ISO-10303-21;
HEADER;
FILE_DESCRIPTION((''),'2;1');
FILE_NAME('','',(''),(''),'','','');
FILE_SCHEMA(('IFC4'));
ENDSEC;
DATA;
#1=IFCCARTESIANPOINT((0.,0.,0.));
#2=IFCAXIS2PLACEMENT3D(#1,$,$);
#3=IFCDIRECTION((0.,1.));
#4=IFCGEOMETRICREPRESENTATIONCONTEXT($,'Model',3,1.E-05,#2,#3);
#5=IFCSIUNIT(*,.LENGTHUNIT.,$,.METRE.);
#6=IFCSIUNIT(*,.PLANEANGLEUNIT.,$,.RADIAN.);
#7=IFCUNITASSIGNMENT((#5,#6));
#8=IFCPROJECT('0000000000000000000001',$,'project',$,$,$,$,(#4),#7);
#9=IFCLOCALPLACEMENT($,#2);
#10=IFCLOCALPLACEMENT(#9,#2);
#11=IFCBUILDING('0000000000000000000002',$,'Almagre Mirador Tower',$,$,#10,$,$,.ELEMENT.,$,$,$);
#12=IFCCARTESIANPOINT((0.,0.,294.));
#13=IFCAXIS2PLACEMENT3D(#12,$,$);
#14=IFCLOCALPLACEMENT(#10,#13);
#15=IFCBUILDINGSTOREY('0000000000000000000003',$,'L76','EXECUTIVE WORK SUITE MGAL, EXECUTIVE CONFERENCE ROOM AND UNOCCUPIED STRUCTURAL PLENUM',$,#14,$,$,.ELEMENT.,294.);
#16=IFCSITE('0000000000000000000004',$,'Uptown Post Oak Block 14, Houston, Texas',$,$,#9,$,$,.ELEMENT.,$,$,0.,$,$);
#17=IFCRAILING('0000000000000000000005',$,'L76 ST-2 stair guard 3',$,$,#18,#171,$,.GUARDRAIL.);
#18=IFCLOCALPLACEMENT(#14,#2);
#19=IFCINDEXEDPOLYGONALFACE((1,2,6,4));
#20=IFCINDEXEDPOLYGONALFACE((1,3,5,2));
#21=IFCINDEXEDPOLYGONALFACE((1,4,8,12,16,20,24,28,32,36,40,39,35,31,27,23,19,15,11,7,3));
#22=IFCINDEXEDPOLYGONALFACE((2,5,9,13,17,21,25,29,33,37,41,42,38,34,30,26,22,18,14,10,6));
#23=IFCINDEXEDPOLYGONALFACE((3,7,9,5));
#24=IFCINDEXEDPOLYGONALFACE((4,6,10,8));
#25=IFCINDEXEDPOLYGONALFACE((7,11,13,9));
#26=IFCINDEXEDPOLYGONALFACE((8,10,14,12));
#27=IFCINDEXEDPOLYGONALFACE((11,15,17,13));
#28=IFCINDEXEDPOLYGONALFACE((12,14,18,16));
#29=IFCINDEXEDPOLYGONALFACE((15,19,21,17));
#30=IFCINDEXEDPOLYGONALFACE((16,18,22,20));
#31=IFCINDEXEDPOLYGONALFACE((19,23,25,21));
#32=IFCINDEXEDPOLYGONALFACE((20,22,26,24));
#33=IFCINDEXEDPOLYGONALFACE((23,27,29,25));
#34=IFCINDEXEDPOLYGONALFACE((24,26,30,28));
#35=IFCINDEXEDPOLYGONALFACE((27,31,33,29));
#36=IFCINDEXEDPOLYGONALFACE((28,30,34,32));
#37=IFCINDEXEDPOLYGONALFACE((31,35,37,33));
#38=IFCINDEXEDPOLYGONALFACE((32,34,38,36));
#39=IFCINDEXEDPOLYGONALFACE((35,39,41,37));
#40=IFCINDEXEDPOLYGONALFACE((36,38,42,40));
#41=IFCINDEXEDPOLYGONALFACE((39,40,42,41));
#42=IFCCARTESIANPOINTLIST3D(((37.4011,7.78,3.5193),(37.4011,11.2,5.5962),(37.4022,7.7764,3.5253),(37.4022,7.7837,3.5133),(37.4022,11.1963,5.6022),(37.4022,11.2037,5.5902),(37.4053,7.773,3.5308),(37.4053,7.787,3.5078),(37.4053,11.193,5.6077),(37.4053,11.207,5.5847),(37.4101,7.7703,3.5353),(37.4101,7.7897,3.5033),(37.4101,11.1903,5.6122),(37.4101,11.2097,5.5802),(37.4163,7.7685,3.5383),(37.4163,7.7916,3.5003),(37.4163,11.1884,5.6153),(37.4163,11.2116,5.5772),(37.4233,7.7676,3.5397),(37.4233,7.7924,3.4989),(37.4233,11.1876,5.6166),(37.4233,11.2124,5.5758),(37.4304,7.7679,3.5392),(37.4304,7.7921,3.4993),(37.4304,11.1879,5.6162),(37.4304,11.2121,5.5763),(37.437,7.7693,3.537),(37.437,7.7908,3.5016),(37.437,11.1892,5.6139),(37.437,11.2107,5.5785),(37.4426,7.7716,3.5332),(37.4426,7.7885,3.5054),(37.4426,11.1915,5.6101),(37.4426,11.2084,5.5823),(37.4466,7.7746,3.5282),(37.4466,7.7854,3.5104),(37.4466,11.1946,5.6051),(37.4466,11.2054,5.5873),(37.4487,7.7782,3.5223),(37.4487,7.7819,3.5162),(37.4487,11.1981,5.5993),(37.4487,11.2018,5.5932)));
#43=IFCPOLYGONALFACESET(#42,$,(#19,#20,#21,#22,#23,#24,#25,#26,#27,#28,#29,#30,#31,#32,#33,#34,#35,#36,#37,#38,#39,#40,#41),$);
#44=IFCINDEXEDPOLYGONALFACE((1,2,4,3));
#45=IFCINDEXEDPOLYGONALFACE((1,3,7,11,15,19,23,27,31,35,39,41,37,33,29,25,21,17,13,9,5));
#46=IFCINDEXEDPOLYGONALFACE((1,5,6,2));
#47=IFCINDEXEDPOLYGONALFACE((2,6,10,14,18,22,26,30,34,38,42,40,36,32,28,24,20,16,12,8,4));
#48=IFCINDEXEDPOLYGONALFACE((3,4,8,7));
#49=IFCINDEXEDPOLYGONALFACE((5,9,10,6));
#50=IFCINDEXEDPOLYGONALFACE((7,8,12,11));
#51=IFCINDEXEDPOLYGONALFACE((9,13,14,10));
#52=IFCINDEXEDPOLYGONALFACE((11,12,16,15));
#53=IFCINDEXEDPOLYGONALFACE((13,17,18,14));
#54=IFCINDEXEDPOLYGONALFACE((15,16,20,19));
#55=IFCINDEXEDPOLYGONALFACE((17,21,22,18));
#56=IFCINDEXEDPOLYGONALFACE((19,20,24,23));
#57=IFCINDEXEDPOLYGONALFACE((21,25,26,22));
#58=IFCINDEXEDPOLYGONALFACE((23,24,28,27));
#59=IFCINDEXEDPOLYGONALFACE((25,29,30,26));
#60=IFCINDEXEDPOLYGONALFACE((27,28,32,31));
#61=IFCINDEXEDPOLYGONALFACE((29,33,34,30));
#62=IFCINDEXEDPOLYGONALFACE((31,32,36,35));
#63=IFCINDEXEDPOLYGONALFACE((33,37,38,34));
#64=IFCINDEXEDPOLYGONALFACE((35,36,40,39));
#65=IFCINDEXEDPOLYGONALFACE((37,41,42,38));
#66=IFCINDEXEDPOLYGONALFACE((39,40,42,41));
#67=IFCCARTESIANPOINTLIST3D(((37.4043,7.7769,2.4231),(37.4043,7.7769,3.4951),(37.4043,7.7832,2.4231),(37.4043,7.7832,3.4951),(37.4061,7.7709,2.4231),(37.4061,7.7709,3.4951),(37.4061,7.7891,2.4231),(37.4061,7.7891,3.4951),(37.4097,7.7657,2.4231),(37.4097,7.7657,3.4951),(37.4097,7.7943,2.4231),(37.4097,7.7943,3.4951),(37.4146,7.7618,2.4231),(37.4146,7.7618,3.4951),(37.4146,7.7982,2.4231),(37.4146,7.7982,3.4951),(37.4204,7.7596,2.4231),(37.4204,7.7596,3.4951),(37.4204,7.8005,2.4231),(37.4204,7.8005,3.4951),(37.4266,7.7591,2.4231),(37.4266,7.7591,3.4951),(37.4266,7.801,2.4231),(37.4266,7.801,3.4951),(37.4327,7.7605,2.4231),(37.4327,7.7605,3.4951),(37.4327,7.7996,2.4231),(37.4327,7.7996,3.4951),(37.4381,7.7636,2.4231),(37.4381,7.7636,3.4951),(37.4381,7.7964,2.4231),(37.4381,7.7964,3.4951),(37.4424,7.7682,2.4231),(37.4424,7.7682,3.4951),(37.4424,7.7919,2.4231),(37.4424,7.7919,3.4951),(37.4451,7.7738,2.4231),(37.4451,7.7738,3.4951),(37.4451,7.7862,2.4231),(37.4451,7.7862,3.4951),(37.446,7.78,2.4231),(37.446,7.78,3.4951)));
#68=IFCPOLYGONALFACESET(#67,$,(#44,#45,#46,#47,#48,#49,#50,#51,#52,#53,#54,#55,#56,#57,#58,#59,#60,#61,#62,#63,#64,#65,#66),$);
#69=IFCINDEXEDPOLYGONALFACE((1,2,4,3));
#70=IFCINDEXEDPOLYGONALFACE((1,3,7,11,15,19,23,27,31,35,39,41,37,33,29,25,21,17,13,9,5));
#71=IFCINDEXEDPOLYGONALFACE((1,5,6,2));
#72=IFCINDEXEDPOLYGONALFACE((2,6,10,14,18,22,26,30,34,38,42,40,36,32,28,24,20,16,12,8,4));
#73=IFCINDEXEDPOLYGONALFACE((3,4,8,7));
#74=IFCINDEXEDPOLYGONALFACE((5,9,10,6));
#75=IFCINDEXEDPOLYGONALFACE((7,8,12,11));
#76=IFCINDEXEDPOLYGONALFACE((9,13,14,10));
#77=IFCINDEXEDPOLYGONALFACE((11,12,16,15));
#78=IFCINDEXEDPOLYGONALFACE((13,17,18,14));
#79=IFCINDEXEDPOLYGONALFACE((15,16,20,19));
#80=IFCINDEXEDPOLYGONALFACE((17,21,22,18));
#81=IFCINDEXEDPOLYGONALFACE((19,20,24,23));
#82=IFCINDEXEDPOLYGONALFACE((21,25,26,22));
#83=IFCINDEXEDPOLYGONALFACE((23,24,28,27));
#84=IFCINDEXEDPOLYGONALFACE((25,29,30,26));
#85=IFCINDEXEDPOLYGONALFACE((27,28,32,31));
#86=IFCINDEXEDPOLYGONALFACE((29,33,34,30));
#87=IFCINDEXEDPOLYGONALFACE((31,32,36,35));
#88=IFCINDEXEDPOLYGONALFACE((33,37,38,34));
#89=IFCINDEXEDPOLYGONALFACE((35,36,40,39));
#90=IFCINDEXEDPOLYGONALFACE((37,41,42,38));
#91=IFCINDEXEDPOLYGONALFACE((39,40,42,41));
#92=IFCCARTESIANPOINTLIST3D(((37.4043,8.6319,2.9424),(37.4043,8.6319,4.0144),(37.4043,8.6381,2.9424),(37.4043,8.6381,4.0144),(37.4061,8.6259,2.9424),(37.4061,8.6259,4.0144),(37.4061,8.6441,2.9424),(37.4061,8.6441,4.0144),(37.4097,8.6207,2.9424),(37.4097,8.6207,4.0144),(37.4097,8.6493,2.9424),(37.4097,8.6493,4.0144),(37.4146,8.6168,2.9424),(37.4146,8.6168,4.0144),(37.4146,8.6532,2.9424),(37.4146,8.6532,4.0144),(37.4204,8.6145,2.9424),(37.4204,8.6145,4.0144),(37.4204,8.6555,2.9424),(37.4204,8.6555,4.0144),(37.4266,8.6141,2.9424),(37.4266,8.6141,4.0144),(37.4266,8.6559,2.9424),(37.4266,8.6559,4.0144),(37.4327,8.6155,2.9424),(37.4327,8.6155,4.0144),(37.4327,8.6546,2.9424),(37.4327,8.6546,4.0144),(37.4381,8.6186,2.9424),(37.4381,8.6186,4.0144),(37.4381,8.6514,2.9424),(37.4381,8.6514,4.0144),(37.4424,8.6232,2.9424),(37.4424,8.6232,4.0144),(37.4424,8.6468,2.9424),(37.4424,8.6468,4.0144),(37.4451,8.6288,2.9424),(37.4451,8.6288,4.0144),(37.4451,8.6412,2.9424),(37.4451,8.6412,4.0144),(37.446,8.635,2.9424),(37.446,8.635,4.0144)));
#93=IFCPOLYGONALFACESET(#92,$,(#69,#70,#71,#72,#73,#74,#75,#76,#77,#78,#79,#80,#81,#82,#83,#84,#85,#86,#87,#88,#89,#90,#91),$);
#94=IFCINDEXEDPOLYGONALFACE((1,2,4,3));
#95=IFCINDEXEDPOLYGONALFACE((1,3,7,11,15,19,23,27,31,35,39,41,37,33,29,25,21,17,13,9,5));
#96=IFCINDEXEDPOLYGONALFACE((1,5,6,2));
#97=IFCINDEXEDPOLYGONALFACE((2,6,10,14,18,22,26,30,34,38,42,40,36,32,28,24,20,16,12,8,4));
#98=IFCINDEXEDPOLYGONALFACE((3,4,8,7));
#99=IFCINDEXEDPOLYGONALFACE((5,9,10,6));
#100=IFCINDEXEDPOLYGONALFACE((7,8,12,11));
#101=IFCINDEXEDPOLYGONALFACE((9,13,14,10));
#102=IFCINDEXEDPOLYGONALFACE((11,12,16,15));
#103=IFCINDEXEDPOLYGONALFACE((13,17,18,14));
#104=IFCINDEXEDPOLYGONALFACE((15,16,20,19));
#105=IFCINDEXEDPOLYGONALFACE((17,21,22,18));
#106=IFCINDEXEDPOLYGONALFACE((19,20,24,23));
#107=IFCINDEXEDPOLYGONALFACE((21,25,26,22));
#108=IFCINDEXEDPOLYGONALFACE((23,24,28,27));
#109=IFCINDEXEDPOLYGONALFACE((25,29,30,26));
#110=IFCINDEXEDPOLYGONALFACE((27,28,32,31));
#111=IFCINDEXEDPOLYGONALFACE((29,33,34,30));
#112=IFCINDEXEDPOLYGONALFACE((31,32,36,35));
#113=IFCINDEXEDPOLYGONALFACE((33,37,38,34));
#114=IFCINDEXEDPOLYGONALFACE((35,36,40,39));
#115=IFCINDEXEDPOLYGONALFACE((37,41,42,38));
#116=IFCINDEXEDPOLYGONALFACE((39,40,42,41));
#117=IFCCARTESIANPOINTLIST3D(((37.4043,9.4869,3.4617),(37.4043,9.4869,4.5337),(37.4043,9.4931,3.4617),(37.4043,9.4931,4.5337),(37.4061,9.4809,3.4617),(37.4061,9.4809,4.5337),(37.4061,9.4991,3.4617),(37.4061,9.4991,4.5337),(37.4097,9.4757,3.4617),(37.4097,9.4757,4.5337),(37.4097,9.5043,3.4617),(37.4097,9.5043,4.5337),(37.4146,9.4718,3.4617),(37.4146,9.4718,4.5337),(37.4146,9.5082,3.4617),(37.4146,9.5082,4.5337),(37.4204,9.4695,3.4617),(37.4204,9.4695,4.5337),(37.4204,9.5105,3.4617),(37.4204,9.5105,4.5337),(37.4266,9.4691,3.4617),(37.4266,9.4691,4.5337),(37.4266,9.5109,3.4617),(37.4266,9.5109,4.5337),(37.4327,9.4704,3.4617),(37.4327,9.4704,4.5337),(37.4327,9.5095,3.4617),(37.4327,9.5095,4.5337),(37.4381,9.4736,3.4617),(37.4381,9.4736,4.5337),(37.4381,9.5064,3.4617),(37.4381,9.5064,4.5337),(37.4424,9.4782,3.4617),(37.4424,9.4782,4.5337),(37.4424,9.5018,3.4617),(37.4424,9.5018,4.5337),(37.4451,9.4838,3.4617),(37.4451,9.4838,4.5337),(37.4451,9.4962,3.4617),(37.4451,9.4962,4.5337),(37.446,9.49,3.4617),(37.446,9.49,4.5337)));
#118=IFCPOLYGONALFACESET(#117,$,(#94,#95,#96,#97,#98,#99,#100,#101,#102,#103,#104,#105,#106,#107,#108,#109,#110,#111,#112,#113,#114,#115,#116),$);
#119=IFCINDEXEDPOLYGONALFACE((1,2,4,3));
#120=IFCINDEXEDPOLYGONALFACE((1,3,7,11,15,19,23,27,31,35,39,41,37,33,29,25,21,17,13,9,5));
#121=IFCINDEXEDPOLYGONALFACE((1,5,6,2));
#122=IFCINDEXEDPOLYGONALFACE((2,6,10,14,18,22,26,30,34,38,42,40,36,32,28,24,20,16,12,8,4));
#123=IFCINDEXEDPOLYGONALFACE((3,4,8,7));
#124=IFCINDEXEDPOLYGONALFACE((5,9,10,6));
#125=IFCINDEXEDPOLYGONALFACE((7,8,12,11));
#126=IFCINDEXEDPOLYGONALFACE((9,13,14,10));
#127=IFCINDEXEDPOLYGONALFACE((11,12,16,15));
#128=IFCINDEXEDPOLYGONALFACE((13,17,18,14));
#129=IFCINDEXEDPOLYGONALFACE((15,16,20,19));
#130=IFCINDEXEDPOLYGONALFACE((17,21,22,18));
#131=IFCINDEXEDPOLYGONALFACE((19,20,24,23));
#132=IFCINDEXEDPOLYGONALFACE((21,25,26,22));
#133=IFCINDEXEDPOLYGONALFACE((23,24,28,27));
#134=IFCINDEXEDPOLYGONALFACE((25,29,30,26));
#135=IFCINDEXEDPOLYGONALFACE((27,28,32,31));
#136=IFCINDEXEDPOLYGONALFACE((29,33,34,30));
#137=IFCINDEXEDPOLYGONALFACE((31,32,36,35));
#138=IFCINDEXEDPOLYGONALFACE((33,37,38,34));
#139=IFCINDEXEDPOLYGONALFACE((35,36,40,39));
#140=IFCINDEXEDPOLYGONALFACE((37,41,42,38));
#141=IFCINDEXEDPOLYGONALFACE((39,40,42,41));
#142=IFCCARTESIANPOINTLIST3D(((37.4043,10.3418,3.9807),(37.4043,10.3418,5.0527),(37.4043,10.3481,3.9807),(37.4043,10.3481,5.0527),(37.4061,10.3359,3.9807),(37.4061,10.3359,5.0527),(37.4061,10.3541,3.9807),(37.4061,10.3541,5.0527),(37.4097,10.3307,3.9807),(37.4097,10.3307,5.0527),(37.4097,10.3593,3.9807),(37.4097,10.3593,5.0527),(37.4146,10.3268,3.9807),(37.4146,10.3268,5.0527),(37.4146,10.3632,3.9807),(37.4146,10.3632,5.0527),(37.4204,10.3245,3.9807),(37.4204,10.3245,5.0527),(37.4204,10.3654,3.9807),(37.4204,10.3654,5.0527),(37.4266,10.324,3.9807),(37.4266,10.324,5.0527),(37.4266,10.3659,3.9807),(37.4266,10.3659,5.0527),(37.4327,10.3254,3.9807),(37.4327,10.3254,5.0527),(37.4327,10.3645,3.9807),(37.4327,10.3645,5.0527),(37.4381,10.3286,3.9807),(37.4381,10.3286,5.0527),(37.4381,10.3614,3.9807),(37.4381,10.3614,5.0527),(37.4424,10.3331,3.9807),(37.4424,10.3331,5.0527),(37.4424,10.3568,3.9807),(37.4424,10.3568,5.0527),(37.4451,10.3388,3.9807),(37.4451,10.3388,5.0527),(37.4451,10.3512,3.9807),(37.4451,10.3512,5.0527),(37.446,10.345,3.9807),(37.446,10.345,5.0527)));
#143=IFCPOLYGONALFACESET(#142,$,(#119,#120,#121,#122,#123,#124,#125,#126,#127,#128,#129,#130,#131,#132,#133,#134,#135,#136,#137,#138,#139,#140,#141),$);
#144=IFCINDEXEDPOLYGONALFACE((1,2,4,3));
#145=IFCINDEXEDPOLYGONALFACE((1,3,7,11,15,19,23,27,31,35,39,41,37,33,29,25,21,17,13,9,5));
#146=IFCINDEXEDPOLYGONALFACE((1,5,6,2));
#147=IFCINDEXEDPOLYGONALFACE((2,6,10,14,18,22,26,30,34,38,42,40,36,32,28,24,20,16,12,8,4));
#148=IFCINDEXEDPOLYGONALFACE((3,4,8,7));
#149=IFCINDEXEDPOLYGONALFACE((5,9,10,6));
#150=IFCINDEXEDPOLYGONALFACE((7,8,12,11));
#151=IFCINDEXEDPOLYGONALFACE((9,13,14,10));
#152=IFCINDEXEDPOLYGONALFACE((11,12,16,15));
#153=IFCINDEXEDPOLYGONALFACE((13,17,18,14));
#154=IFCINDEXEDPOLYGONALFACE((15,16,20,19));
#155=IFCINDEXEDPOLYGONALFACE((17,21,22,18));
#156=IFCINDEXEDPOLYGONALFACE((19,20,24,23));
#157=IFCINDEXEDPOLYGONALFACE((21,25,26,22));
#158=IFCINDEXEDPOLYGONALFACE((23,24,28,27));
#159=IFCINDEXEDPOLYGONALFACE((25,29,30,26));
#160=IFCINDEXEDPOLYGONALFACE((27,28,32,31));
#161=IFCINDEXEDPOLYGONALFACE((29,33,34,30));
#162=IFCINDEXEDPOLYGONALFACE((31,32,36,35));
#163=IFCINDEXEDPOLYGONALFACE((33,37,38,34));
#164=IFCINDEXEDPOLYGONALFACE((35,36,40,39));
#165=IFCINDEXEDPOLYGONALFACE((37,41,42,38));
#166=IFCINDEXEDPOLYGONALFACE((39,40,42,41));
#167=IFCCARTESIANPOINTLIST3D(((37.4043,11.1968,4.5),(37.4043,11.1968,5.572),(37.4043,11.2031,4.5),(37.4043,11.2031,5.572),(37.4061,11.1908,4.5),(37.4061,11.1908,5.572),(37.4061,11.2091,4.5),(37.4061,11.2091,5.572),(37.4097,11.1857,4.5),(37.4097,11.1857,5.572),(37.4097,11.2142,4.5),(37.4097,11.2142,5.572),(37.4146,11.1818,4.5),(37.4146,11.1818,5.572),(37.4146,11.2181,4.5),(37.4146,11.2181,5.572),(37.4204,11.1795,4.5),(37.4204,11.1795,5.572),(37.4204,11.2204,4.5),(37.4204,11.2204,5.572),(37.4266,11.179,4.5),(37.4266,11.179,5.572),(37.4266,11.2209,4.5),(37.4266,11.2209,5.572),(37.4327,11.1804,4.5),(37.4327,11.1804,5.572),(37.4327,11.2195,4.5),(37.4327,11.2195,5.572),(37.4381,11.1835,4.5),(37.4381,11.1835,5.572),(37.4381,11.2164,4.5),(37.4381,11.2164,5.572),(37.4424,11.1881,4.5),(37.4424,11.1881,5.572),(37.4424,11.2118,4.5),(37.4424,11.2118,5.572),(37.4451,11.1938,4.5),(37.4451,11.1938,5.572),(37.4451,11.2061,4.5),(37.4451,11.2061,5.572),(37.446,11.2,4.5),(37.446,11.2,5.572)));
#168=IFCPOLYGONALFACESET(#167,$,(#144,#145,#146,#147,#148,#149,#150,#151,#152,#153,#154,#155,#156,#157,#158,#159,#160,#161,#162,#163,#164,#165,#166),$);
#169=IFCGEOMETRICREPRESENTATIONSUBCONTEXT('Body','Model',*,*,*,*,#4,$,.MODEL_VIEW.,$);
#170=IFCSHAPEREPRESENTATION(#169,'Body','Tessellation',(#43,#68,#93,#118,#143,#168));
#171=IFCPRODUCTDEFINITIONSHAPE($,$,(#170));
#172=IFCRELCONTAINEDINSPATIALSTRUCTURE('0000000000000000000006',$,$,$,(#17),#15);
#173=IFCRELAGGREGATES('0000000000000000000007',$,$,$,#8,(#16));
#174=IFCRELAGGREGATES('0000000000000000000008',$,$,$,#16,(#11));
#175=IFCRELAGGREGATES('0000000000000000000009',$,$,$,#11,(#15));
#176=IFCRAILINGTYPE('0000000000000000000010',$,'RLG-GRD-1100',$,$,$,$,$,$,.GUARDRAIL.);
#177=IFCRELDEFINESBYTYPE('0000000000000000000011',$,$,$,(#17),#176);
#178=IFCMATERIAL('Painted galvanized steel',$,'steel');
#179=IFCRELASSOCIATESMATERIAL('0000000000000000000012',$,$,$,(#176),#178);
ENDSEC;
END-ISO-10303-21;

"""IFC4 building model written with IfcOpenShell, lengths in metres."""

from ifc_helpers import new_model, si_unit, direction, frame, origin, origin_2d, place, context, subcontext, project, spatial, circle, extrude, material, type_object, element, save


model = new_model("IFC4")

# Units and contexts
model_context = context("Model", 3, precision=1e-05, world=origin(), true_north=direction((0.0, 1.0)))
body_context = subcontext(model_context, "Body", "Model", "MODEL_VIEW")
ifc_project = project(units=[si_unit("LENGTHUNIT", "METRE"), si_unit("PLANEANGLEUNIT", "RADIAN")], contexts=[model_context])

# Site, building, storey
site_placement = place(None, origin())
site = spatial("IfcSite", under=ifc_project, at=site_placement, Name="Uptown Post Oak Block 14, Houston, Texas", CompositionType="ELEMENT", RefElevation=0.0)
building_placement = place(site_placement, origin())
building = spatial("IfcBuilding", under=site, at=building_placement, Name="Almagre Mirador Tower", CompositionType="ELEMENT")
storey_placement = place(building_placement, frame((0.0, 0.0, 294.0)))
storey = spatial("IfcBuildingStorey", under=building, at=storey_placement, Name="L76", Description="EXECUTIVE WORK SUITE MGAL, EXECUTIVE CONFERENCE ROOM AND UNOCCUPIED STRUCTURAL PLENUM", CompositionType="ELEMENT", Elevation=294.0)

# Railing
ifc_material_1 = material(Name="Painted galvanized steel", Category="steel")
railing_type_1 = type_object("IfcRailingType", Name="RLG-GRD-1100", PredefinedType="GUARDRAIL", material=ifc_material_1)
railing_1_placement = place(storey_placement, frame((37.425, 7.78, 2.4231)))
element("IfcRailing", 1, at=railing_1_placement, inside=storey, type_object=railing_type_1, Name="L76 ST-2 stair guard 3", PredefinedType="GUARDRAIL", context=body_context, shape_type="SweptSolid", body=[
    extrude(circle(Radius=0.0239, at=origin_2d()), frame((0.0, 0.0, 1.0962), z_axis=(0.0, 0.85473, 0.519074), x_axis=(-1.0, 0.0, 0.0)), (0.0, 0.0, 1.0), 4.0012),
    extrude(circle(Radius=0.021, at=origin_2d()), origin(), (0.0, 0.0, 1.0), 1.072),
    extrude(circle(Radius=0.021, at=origin_2d()), frame((0.0, 0.855, 0.5193)), (0.0, 0.0, 1.0), 1.072),
    extrude(circle(Radius=0.021, at=origin_2d()), frame((0.0, 1.71, 1.0386)), (0.0, 0.0, 1.0), 1.072),
    extrude(circle(Radius=0.021, at=origin_2d()), frame((0.0, 2.5649, 1.5576)), (0.0, 0.0, 1.0), 1.072),
    extrude(circle(Radius=0.021, at=origin_2d()), frame((0.0, 3.4199, 2.0769)), (0.0, 0.0, 1.0), 1.072),
])

save(model, "model.ifc")
